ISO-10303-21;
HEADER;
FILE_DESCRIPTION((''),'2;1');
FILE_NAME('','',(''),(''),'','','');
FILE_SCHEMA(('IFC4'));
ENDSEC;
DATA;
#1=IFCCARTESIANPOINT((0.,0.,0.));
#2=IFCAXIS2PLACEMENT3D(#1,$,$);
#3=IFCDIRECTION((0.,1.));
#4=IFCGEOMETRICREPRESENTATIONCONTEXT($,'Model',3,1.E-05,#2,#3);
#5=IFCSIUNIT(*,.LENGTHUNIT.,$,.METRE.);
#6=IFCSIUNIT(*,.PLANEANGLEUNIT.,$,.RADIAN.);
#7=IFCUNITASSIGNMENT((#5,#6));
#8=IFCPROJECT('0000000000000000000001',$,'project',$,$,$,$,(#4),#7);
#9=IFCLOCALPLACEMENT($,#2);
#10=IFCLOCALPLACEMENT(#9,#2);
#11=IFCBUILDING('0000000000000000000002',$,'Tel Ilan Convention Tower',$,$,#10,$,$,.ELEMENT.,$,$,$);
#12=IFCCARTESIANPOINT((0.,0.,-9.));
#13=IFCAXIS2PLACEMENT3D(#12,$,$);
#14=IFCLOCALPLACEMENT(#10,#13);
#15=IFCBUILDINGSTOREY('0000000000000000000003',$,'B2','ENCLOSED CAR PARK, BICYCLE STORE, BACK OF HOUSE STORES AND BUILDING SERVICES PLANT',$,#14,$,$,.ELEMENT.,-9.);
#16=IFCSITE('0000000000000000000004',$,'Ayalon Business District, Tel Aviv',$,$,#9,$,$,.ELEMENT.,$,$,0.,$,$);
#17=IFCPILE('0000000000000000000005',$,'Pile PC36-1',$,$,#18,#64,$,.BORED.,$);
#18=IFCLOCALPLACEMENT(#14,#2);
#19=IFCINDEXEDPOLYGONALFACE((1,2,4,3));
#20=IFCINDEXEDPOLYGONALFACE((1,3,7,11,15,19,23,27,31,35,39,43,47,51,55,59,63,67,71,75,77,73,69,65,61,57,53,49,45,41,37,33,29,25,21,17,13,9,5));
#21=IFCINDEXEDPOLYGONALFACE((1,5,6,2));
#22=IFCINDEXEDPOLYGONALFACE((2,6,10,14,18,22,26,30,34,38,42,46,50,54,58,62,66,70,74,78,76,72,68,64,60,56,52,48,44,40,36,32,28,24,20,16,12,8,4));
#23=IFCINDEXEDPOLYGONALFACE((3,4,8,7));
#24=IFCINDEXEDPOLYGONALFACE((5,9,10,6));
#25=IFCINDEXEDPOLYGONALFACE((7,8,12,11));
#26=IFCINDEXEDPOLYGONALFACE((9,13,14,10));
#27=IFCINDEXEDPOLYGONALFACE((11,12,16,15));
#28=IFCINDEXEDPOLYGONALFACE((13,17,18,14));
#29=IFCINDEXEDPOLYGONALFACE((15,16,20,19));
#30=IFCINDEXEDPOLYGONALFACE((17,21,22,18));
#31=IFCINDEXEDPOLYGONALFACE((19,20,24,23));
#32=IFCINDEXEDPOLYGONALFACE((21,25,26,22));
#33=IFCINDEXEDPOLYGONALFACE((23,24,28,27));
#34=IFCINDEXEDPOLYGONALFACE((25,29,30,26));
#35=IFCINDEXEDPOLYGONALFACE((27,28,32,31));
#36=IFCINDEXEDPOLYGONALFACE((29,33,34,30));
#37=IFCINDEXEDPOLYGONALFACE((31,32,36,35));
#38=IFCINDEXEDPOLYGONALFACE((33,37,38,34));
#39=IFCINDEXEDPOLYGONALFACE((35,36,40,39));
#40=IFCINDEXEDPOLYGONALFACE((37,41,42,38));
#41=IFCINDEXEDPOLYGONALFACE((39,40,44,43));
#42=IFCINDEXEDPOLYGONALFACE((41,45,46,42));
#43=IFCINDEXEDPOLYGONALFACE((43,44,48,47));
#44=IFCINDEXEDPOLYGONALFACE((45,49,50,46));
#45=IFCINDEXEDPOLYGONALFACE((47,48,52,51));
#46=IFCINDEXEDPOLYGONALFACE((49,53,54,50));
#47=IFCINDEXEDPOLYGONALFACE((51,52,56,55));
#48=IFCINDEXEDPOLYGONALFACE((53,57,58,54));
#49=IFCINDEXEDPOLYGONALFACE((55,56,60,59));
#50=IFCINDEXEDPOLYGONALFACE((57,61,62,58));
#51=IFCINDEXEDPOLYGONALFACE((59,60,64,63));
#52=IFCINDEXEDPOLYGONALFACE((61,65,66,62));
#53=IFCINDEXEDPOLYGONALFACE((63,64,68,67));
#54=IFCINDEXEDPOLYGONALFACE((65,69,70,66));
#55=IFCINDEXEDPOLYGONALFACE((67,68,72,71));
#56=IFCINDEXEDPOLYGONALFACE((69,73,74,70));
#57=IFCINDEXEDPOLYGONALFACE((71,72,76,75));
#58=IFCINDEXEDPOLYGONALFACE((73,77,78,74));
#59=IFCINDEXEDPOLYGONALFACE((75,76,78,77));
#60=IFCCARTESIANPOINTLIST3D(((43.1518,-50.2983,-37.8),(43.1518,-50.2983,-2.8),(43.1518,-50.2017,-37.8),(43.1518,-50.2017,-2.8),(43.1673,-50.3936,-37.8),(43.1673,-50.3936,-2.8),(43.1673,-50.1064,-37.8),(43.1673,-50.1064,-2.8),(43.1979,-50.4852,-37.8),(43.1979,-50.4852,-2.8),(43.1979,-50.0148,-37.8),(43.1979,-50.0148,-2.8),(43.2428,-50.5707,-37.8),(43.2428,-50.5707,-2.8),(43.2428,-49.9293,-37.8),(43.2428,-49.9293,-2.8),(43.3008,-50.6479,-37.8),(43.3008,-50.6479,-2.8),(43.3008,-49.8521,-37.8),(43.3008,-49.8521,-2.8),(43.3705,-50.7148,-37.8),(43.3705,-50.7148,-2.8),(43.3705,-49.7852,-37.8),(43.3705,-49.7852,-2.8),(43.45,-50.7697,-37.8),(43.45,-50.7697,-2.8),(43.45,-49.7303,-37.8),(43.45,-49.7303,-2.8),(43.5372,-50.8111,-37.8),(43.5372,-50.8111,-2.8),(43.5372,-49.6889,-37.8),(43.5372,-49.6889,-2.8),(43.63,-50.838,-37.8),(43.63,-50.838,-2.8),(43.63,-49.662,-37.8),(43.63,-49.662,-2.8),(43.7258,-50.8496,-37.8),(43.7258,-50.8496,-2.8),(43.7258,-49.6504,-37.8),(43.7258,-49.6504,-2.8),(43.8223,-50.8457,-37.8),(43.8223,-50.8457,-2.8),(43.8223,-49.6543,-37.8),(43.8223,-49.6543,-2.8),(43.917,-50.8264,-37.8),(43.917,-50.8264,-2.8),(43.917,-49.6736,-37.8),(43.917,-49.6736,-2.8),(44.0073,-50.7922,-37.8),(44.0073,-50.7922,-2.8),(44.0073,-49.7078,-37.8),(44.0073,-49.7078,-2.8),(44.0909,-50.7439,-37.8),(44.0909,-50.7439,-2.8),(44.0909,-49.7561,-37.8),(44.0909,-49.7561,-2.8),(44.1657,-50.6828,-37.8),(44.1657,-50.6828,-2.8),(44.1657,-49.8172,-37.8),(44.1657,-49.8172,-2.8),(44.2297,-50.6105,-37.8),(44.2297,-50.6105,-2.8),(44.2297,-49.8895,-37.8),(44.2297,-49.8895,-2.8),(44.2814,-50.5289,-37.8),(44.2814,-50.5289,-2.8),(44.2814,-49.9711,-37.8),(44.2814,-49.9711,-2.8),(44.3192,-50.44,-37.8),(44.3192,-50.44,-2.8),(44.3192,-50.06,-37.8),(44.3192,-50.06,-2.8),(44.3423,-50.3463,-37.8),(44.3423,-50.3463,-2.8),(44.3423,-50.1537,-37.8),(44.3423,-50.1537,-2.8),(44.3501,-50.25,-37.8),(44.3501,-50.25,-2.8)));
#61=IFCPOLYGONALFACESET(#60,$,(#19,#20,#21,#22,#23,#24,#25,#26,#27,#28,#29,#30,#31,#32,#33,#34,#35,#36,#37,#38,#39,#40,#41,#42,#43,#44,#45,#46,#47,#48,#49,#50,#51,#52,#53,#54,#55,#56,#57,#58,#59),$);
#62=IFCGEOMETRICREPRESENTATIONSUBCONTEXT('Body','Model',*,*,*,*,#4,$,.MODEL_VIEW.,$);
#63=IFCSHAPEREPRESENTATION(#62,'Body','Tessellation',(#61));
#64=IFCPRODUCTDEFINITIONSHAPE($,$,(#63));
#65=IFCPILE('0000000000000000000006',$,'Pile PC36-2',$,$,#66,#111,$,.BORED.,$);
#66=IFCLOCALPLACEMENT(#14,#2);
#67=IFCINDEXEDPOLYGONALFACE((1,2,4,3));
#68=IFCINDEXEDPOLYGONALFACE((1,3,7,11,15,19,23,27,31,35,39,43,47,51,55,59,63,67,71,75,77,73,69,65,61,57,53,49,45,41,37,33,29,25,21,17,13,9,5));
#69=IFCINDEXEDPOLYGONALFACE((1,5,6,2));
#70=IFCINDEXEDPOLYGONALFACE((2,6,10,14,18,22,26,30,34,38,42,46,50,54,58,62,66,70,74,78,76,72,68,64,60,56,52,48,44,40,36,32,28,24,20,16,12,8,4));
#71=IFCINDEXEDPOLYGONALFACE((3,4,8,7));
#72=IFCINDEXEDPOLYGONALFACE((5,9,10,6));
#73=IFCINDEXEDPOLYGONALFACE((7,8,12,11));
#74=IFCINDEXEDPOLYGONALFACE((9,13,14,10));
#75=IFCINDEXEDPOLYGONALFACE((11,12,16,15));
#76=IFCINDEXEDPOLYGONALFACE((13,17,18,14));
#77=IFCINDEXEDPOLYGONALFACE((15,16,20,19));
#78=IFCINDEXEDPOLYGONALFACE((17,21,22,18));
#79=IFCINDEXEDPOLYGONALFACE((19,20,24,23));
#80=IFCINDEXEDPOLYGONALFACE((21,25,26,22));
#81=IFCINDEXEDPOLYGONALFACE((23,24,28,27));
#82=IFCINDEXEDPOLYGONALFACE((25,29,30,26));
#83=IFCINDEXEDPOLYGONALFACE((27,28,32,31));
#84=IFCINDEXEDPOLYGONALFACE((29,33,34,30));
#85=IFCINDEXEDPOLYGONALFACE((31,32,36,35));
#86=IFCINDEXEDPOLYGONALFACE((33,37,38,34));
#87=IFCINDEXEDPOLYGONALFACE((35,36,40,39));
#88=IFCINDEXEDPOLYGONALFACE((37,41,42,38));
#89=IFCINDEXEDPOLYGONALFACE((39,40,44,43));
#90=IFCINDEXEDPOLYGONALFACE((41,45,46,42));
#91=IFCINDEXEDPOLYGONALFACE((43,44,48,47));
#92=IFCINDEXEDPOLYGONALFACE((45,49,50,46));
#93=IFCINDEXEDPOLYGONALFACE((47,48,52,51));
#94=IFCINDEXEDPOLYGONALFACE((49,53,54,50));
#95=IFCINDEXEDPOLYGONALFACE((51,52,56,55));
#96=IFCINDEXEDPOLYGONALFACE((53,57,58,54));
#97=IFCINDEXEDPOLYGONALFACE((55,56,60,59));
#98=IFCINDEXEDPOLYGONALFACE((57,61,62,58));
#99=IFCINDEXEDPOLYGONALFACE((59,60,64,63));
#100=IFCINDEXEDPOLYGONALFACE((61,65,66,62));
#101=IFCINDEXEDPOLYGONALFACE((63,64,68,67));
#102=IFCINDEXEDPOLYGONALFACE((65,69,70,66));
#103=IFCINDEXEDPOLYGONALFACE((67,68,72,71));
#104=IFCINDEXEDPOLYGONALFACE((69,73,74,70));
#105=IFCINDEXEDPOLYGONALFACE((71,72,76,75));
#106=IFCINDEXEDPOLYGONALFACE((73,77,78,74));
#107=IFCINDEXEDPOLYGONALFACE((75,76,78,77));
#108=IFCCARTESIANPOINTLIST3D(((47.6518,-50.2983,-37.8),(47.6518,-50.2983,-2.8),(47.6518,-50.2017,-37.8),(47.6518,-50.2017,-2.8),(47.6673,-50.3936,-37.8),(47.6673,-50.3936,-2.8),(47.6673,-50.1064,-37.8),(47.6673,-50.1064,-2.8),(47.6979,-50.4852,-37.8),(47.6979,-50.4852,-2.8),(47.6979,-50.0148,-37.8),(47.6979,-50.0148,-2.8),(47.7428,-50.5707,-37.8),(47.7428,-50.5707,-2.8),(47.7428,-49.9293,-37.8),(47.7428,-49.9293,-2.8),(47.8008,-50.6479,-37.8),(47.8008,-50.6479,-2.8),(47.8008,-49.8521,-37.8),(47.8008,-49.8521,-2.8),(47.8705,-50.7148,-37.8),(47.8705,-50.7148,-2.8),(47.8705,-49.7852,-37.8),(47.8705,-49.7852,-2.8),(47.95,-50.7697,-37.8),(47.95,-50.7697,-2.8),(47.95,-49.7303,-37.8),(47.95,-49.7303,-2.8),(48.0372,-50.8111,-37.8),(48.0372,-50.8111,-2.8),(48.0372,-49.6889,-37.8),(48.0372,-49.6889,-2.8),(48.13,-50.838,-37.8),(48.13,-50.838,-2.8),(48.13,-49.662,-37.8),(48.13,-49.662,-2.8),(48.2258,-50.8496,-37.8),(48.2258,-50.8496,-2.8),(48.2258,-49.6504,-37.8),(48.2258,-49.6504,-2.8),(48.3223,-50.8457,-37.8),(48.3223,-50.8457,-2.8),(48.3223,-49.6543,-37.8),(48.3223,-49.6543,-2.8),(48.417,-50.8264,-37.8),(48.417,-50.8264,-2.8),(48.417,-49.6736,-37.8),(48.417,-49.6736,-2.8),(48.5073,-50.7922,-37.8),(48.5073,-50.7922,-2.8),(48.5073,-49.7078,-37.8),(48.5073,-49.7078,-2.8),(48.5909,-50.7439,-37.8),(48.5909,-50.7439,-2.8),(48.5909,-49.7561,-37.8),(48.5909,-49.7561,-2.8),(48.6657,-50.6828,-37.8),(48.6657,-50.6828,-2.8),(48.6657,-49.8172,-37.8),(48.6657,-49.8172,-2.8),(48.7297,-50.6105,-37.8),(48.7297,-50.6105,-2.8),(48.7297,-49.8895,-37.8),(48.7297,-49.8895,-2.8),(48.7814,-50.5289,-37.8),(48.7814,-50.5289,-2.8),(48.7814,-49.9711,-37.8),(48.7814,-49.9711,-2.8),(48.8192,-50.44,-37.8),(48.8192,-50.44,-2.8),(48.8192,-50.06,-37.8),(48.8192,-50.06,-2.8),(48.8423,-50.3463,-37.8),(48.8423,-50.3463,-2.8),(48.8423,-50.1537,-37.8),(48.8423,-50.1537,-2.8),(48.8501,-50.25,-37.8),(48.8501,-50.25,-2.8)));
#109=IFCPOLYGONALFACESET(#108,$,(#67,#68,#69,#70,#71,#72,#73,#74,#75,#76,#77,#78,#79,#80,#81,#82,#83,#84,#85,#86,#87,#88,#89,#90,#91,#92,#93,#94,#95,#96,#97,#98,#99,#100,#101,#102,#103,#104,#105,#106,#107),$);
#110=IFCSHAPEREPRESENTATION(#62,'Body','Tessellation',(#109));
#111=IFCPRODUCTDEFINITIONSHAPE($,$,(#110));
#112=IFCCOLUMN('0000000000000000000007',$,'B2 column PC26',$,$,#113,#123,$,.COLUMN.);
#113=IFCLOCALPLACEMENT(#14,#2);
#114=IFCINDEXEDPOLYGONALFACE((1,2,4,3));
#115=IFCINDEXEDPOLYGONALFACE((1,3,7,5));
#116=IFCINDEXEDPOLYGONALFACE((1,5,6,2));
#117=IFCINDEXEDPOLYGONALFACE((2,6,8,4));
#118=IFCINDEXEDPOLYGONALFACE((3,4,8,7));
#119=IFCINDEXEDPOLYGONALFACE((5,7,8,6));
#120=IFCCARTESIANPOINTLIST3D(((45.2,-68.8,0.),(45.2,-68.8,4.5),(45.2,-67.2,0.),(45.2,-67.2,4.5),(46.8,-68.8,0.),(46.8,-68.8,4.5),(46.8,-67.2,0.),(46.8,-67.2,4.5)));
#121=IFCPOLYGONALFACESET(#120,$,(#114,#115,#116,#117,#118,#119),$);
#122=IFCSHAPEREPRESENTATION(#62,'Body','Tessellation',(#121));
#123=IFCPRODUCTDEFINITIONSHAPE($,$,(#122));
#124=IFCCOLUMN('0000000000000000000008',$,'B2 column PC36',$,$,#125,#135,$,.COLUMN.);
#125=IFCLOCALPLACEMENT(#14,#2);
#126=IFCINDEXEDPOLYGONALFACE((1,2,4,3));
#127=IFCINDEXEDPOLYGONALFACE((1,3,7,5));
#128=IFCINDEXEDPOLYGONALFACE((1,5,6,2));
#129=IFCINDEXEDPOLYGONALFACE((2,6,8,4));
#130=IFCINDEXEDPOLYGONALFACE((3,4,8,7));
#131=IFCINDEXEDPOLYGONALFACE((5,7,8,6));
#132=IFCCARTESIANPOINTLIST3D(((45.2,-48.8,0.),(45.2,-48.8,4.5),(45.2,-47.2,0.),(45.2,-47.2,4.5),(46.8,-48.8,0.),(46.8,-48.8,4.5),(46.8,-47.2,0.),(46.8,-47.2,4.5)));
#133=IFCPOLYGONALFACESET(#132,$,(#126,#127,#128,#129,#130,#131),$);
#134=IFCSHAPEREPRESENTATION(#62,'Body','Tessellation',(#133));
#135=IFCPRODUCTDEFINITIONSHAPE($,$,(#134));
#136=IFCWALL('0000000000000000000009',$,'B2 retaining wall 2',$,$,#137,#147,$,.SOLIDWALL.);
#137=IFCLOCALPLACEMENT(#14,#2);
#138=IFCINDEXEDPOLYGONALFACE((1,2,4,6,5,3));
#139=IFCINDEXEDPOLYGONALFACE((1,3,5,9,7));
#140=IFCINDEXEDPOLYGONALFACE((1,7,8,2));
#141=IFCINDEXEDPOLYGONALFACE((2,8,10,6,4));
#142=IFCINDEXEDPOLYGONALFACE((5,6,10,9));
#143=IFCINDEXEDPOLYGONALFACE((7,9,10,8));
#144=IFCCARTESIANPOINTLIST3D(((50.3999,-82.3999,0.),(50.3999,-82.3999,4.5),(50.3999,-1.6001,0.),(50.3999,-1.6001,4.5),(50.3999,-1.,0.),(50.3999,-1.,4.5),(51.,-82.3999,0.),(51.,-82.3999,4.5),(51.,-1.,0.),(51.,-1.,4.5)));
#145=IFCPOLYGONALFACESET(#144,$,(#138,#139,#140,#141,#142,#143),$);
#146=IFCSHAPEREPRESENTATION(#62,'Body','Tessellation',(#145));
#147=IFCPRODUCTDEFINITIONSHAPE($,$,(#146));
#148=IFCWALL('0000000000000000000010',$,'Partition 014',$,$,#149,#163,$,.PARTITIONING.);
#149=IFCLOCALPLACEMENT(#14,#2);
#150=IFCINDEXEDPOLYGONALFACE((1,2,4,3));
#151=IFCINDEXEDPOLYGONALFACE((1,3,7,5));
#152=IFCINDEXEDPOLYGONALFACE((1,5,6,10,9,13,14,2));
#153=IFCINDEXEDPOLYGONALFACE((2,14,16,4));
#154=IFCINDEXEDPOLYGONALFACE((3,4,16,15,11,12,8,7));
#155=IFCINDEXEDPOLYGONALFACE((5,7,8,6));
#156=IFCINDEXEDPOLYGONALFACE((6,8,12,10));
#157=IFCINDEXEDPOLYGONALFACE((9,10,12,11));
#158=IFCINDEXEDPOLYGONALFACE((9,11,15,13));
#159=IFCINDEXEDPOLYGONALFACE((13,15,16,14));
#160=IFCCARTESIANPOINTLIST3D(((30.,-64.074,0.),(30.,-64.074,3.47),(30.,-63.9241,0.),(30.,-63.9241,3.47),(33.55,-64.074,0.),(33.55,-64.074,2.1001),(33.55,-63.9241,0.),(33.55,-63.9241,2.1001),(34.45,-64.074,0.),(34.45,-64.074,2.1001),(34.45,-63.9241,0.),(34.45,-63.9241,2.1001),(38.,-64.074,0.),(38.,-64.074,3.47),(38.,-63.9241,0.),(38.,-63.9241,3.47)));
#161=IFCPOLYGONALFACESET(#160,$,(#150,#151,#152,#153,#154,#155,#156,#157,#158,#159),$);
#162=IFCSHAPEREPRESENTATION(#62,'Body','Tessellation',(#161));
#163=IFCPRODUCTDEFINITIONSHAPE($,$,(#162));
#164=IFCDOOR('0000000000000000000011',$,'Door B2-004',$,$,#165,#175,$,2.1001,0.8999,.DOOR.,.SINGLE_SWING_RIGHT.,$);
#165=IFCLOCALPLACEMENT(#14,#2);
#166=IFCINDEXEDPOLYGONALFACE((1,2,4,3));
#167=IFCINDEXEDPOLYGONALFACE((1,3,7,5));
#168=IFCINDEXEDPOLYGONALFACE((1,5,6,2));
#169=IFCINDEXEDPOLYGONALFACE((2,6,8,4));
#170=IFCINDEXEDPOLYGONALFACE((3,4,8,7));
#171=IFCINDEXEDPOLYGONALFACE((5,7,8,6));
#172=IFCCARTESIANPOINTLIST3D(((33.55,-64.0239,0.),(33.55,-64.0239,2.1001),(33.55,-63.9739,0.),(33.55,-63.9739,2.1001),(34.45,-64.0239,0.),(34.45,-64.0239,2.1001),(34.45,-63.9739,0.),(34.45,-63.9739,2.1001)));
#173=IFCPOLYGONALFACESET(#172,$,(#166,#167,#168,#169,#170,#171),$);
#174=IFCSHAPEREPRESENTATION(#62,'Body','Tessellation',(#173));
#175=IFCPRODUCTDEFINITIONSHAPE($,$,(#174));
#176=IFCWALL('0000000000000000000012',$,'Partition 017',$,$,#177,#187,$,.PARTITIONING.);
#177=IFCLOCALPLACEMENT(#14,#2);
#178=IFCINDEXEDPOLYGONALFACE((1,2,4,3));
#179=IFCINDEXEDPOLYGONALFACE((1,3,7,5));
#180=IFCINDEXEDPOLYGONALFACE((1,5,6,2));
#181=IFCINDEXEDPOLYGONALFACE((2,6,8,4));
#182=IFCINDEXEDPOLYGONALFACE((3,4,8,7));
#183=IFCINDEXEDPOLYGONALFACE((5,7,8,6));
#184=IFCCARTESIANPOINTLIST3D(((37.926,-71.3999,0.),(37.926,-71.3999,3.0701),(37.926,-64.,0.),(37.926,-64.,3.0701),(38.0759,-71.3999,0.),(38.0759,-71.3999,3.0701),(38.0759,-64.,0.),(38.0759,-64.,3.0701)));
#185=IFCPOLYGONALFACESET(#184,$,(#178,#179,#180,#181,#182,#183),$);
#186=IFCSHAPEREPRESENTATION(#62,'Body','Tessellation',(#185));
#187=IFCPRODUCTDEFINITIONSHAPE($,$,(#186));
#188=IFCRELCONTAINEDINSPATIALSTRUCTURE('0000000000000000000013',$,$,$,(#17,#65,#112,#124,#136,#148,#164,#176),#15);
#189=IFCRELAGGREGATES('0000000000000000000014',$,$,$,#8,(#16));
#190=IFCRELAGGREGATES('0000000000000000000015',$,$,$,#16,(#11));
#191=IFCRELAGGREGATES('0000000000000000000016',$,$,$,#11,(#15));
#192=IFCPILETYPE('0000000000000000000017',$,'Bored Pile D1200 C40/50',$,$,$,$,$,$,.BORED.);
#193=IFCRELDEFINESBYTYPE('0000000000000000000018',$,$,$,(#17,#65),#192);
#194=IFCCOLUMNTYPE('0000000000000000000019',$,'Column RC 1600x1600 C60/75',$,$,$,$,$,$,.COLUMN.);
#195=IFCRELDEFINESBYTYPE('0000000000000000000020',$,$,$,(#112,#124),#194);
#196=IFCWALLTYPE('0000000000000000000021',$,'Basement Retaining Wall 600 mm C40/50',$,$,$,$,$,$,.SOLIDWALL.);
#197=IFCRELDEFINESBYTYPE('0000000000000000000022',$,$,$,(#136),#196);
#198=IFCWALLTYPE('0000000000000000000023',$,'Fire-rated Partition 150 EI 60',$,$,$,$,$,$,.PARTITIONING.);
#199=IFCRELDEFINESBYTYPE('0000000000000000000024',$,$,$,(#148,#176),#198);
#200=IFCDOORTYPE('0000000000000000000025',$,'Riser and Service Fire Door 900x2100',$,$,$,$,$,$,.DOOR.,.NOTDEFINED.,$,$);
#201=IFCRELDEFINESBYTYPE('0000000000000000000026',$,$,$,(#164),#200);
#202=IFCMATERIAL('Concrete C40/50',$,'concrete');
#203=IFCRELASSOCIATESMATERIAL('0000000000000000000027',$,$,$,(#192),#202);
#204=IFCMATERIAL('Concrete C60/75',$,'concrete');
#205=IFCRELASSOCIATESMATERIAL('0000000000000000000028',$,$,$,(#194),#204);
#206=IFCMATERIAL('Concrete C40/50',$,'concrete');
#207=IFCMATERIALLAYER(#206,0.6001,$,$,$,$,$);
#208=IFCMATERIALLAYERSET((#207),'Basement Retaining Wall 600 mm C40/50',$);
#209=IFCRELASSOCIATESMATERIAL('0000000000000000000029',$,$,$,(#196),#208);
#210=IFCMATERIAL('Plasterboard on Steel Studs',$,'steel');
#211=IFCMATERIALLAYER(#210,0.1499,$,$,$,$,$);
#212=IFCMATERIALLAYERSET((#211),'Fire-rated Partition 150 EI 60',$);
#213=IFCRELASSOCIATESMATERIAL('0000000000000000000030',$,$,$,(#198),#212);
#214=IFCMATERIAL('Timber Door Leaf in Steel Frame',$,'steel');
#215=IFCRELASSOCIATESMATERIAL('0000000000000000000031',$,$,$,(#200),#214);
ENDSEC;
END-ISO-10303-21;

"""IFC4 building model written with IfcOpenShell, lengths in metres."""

from ifc_helpers import new_model, si_unit, direction, frame, frame_2d, origin, origin_2d, place, context, subcontext, project, spatial, polyline, rectangle, circle, outline, extrude, material, layer, layer_set, material_profile, profile_set, type_object, element, fill, save


model = new_model("IFC4")

# Units and contexts
model_context = context("Model", 3, precision=1e-05, world=origin(), true_north=direction((0.0, 1.0)))
body_context = subcontext(model_context, "Body", "Model", "MODEL_VIEW")
ifc_project = project(units=[si_unit("LENGTHUNIT", "METRE"), si_unit("PLANEANGLEUNIT", "RADIAN")], contexts=[model_context])

# Site, building, storey
site_placement = place(None, origin())
site = spatial("IfcSite", under=ifc_project, at=site_placement, Name="Ayalon Business District, Tel Aviv", CompositionType="ELEMENT", RefElevation=0.0)
building_placement = place(site_placement, origin())
building = spatial("IfcBuilding", under=site, at=building_placement, Name="Tel Ilan Convention Tower", CompositionType="ELEMENT")
storey_placement = place(building_placement, frame((0.0, 0.0, -9.0)))
storey = spatial("IfcBuildingStorey", under=building, at=storey_placement, Name="B2", Description="ENCLOSED CAR PARK, BICYCLE STORE, BACK OF HOUSE STORES AND BUILDING SERVICES PLANT", CompositionType="ELEMENT", Elevation=-9.0)

# Piles
ifc_material_1 = material(Name="Concrete C40/50", Category="concrete")
ifc_material_profile_1 = material_profile(ifc_material_1, circle(Radius=0.6001, at=origin_2d()), Name="BORED D1200")
ifc_profile_set_1 = profile_set([ifc_material_profile_1], Name="Concrete C40/50")
pile_type = type_object("IfcPileType", Name="Bored Pile D1200 C40/50", PredefinedType="BORED", material=ifc_profile_set_1)
for number, where, z_axis, x_axis, name in (
    (1, (43.75, -50.25, -2.8), (0.0, 0.0, -1.0), (1.0, 0.0, 0.0), "Pile PC36-1"),
    (2, (48.25, -50.25, -2.8), (0.0, 0.0, -1.0), (1.0, 0.0, 0.0), "Pile PC36-2"),
):
    element("IfcPile", number, at=place(storey_placement, frame(where, z_axis=z_axis, x_axis=x_axis)), inside=storey, type_object=pile_type, Name=name, PredefinedType="BORED", context=body_context, shape_type="SweptSolid", body=[
        extrude(circle(Radius=0.6001, at=origin_2d()), origin(), (0.0, 0.0, 1.0), 35.0),
    ])

# Columns
ifc_material_2 = material(Name="Concrete C60/75", Category="concrete")
ifc_material_profile_2 = material_profile(ifc_material_2, rectangle(XDim=1.6001, YDim=1.6001, at=origin_2d()), Name="RC 1600x1600")
ifc_profile_set_2 = profile_set([ifc_material_profile_2], Name="Concrete C60/75")
column_type = type_object("IfcColumnType", Name="Column RC 1600x1600 C60/75", PredefinedType="COLUMN", material=ifc_profile_set_2)
for number, where, z_axis, x_axis, name in (
    (3, (46.0, -68.0, 0.0), (0.0, 0.0, 1.0), (1.0, 0.0, 0.0), "B2 column PC26"),
    (4, (46.0, -48.0, 0.0), (0.0, 0.0, 1.0), (1.0, 0.0, 0.0), "B2 column PC36"),
):
    element("IfcColumn", number, at=place(storey_placement, frame(where, z_axis=z_axis, x_axis=x_axis)), inside=storey, type_object=column_type, Name=name, PredefinedType="COLUMN", context=body_context, shape_type="SweptSolid", body=[
        extrude(rectangle(XDim=1.6001, YDim=1.6001, at=origin_2d()), origin(), (0.0, 0.0, 1.0), 4.5),
    ])

# Wall
ifc_material_3 = material(Name="Concrete C40/50", Category="concrete")
ifc_layer_1 = layer(ifc_material_3, 0.6001)
ifc_layer_set_1 = layer_set([ifc_layer_1], Name="Basement Retaining Wall 600 mm C40/50")
wall_type_1 = type_object("IfcWallType", Name="Basement Retaining Wall 600 mm C40/50", PredefinedType="SOLIDWALL", material=ifc_layer_set_1)
wall_1_placement = place(storey_placement, frame((50.7, -83.0, 0.0), z_axis=(0.0, 0.0, 1.0), x_axis=(0.0, 1.0, 0.0)))
element("IfcWall", 5, at=wall_1_placement, inside=storey, type_object=wall_type_1, Name="B2 retaining wall 2", PredefinedType="SOLIDWALL", context=body_context, shape_type="SweptSolid", body=[
    extrude(outline(polyline([(0.6001, -0.3), (0.6001, 0.3), (81.3999, 0.3), (82.0, 0.3), (82.0, -0.3), (0.6001, -0.3)])), origin(), (0.0, 0.0, 1.0), 4.5),
])

# Wall, opening, door
ifc_material_4 = material(Name="Plasterboard on Steel Studs", Category="steel")
ifc_layer_2 = layer(ifc_material_4, 0.1499)
ifc_layer_set_2 = layer_set([ifc_layer_2], Name="Fire-rated Partition 150 EI 60")
wall_type_2 = type_object("IfcWallType", Name="Fire-rated Partition 150 EI 60", PredefinedType="PARTITIONING", material=ifc_layer_set_2)
wall_2_placement = place(storey_placement, frame((38.0, -63.999, 0.0), z_axis=(0.0, 0.0, 1.0), x_axis=(-1.0, 0.0, 0.0)))
wall_2 = element("IfcWall", 6, at=wall_2_placement, inside=storey, type_object=wall_type_2, Name="Partition 014", PredefinedType="PARTITIONING", context=body_context, shape_type="SweptSolid", body=[
    extrude(rectangle(XDim=8.0, YDim=0.1499, at=frame_2d((4.0, 0.0))), origin(), (0.0, 0.0, 1.0), 3.47),
])
opening_1_placement = place(wall_2_placement, frame((3.55, 0.0, 0.0)))
opening_1 = element("IfcOpeningElement", 7, at=opening_1_placement, cuts=wall_2, PredefinedType="OPENING", context=body_context, shape_type="SweptSolid", body=[
    extrude(rectangle(XDim=0.8999, YDim=2.1001, at=frame_2d((0.45, 1.05))), frame((0.0, 0.085, 0.0), z_axis=(0.0, -1.0, 0.0), x_axis=(1.0, 0.0, 0.0)), (0.0, 0.0, 1.0), 0.1699),
])
ifc_material_5 = material(Name="Timber Door Leaf in Steel Frame", Category="steel")
door_type_1 = type_object("IfcDoorType", Name="Riser and Service Fire Door 900x2100", OperationType="NOTDEFINED", PredefinedType="DOOR", material=ifc_material_5)
door_1_placement = place(opening_1_placement, origin())
door_1 = element("IfcDoor", 8, at=door_1_placement, inside=storey, type_object=door_type_1, Name="Door B2-004", OperationType="SINGLE_SWING_RIGHT", OverallHeight=2.1001, OverallWidth=0.8999, PredefinedType="DOOR", context=body_context, shape_type="SweptSolid", body=[
    extrude(rectangle(XDim=0.8999, YDim=2.1001, at=frame_2d((0.45, 1.05))), frame((0.0, 0.0249, 0.0), z_axis=(0.0, -1.0, 0.0), x_axis=(1.0, 0.0, 0.0)), (0.0, 0.0, 1.0), 0.05),
])
fill(opening_1, door_1)

# Wall
wall_3_placement = place(storey_placement, frame((38.001, -71.3999, 0.0), z_axis=(0.0, 0.0, 1.0), x_axis=(0.0, 1.0, 0.0)))
element("IfcWall", 9, at=wall_3_placement, inside=storey, type_object=wall_type_2, Name="Partition 017", PredefinedType="PARTITIONING", context=body_context, shape_type="SweptSolid", body=[
    extrude(rectangle(XDim=7.3999, YDim=0.1499, at=frame_2d((3.7, 0.0))), origin(), (0.0, 0.0, 1.0), 3.0701),
])

save(model, "model.ifc")
